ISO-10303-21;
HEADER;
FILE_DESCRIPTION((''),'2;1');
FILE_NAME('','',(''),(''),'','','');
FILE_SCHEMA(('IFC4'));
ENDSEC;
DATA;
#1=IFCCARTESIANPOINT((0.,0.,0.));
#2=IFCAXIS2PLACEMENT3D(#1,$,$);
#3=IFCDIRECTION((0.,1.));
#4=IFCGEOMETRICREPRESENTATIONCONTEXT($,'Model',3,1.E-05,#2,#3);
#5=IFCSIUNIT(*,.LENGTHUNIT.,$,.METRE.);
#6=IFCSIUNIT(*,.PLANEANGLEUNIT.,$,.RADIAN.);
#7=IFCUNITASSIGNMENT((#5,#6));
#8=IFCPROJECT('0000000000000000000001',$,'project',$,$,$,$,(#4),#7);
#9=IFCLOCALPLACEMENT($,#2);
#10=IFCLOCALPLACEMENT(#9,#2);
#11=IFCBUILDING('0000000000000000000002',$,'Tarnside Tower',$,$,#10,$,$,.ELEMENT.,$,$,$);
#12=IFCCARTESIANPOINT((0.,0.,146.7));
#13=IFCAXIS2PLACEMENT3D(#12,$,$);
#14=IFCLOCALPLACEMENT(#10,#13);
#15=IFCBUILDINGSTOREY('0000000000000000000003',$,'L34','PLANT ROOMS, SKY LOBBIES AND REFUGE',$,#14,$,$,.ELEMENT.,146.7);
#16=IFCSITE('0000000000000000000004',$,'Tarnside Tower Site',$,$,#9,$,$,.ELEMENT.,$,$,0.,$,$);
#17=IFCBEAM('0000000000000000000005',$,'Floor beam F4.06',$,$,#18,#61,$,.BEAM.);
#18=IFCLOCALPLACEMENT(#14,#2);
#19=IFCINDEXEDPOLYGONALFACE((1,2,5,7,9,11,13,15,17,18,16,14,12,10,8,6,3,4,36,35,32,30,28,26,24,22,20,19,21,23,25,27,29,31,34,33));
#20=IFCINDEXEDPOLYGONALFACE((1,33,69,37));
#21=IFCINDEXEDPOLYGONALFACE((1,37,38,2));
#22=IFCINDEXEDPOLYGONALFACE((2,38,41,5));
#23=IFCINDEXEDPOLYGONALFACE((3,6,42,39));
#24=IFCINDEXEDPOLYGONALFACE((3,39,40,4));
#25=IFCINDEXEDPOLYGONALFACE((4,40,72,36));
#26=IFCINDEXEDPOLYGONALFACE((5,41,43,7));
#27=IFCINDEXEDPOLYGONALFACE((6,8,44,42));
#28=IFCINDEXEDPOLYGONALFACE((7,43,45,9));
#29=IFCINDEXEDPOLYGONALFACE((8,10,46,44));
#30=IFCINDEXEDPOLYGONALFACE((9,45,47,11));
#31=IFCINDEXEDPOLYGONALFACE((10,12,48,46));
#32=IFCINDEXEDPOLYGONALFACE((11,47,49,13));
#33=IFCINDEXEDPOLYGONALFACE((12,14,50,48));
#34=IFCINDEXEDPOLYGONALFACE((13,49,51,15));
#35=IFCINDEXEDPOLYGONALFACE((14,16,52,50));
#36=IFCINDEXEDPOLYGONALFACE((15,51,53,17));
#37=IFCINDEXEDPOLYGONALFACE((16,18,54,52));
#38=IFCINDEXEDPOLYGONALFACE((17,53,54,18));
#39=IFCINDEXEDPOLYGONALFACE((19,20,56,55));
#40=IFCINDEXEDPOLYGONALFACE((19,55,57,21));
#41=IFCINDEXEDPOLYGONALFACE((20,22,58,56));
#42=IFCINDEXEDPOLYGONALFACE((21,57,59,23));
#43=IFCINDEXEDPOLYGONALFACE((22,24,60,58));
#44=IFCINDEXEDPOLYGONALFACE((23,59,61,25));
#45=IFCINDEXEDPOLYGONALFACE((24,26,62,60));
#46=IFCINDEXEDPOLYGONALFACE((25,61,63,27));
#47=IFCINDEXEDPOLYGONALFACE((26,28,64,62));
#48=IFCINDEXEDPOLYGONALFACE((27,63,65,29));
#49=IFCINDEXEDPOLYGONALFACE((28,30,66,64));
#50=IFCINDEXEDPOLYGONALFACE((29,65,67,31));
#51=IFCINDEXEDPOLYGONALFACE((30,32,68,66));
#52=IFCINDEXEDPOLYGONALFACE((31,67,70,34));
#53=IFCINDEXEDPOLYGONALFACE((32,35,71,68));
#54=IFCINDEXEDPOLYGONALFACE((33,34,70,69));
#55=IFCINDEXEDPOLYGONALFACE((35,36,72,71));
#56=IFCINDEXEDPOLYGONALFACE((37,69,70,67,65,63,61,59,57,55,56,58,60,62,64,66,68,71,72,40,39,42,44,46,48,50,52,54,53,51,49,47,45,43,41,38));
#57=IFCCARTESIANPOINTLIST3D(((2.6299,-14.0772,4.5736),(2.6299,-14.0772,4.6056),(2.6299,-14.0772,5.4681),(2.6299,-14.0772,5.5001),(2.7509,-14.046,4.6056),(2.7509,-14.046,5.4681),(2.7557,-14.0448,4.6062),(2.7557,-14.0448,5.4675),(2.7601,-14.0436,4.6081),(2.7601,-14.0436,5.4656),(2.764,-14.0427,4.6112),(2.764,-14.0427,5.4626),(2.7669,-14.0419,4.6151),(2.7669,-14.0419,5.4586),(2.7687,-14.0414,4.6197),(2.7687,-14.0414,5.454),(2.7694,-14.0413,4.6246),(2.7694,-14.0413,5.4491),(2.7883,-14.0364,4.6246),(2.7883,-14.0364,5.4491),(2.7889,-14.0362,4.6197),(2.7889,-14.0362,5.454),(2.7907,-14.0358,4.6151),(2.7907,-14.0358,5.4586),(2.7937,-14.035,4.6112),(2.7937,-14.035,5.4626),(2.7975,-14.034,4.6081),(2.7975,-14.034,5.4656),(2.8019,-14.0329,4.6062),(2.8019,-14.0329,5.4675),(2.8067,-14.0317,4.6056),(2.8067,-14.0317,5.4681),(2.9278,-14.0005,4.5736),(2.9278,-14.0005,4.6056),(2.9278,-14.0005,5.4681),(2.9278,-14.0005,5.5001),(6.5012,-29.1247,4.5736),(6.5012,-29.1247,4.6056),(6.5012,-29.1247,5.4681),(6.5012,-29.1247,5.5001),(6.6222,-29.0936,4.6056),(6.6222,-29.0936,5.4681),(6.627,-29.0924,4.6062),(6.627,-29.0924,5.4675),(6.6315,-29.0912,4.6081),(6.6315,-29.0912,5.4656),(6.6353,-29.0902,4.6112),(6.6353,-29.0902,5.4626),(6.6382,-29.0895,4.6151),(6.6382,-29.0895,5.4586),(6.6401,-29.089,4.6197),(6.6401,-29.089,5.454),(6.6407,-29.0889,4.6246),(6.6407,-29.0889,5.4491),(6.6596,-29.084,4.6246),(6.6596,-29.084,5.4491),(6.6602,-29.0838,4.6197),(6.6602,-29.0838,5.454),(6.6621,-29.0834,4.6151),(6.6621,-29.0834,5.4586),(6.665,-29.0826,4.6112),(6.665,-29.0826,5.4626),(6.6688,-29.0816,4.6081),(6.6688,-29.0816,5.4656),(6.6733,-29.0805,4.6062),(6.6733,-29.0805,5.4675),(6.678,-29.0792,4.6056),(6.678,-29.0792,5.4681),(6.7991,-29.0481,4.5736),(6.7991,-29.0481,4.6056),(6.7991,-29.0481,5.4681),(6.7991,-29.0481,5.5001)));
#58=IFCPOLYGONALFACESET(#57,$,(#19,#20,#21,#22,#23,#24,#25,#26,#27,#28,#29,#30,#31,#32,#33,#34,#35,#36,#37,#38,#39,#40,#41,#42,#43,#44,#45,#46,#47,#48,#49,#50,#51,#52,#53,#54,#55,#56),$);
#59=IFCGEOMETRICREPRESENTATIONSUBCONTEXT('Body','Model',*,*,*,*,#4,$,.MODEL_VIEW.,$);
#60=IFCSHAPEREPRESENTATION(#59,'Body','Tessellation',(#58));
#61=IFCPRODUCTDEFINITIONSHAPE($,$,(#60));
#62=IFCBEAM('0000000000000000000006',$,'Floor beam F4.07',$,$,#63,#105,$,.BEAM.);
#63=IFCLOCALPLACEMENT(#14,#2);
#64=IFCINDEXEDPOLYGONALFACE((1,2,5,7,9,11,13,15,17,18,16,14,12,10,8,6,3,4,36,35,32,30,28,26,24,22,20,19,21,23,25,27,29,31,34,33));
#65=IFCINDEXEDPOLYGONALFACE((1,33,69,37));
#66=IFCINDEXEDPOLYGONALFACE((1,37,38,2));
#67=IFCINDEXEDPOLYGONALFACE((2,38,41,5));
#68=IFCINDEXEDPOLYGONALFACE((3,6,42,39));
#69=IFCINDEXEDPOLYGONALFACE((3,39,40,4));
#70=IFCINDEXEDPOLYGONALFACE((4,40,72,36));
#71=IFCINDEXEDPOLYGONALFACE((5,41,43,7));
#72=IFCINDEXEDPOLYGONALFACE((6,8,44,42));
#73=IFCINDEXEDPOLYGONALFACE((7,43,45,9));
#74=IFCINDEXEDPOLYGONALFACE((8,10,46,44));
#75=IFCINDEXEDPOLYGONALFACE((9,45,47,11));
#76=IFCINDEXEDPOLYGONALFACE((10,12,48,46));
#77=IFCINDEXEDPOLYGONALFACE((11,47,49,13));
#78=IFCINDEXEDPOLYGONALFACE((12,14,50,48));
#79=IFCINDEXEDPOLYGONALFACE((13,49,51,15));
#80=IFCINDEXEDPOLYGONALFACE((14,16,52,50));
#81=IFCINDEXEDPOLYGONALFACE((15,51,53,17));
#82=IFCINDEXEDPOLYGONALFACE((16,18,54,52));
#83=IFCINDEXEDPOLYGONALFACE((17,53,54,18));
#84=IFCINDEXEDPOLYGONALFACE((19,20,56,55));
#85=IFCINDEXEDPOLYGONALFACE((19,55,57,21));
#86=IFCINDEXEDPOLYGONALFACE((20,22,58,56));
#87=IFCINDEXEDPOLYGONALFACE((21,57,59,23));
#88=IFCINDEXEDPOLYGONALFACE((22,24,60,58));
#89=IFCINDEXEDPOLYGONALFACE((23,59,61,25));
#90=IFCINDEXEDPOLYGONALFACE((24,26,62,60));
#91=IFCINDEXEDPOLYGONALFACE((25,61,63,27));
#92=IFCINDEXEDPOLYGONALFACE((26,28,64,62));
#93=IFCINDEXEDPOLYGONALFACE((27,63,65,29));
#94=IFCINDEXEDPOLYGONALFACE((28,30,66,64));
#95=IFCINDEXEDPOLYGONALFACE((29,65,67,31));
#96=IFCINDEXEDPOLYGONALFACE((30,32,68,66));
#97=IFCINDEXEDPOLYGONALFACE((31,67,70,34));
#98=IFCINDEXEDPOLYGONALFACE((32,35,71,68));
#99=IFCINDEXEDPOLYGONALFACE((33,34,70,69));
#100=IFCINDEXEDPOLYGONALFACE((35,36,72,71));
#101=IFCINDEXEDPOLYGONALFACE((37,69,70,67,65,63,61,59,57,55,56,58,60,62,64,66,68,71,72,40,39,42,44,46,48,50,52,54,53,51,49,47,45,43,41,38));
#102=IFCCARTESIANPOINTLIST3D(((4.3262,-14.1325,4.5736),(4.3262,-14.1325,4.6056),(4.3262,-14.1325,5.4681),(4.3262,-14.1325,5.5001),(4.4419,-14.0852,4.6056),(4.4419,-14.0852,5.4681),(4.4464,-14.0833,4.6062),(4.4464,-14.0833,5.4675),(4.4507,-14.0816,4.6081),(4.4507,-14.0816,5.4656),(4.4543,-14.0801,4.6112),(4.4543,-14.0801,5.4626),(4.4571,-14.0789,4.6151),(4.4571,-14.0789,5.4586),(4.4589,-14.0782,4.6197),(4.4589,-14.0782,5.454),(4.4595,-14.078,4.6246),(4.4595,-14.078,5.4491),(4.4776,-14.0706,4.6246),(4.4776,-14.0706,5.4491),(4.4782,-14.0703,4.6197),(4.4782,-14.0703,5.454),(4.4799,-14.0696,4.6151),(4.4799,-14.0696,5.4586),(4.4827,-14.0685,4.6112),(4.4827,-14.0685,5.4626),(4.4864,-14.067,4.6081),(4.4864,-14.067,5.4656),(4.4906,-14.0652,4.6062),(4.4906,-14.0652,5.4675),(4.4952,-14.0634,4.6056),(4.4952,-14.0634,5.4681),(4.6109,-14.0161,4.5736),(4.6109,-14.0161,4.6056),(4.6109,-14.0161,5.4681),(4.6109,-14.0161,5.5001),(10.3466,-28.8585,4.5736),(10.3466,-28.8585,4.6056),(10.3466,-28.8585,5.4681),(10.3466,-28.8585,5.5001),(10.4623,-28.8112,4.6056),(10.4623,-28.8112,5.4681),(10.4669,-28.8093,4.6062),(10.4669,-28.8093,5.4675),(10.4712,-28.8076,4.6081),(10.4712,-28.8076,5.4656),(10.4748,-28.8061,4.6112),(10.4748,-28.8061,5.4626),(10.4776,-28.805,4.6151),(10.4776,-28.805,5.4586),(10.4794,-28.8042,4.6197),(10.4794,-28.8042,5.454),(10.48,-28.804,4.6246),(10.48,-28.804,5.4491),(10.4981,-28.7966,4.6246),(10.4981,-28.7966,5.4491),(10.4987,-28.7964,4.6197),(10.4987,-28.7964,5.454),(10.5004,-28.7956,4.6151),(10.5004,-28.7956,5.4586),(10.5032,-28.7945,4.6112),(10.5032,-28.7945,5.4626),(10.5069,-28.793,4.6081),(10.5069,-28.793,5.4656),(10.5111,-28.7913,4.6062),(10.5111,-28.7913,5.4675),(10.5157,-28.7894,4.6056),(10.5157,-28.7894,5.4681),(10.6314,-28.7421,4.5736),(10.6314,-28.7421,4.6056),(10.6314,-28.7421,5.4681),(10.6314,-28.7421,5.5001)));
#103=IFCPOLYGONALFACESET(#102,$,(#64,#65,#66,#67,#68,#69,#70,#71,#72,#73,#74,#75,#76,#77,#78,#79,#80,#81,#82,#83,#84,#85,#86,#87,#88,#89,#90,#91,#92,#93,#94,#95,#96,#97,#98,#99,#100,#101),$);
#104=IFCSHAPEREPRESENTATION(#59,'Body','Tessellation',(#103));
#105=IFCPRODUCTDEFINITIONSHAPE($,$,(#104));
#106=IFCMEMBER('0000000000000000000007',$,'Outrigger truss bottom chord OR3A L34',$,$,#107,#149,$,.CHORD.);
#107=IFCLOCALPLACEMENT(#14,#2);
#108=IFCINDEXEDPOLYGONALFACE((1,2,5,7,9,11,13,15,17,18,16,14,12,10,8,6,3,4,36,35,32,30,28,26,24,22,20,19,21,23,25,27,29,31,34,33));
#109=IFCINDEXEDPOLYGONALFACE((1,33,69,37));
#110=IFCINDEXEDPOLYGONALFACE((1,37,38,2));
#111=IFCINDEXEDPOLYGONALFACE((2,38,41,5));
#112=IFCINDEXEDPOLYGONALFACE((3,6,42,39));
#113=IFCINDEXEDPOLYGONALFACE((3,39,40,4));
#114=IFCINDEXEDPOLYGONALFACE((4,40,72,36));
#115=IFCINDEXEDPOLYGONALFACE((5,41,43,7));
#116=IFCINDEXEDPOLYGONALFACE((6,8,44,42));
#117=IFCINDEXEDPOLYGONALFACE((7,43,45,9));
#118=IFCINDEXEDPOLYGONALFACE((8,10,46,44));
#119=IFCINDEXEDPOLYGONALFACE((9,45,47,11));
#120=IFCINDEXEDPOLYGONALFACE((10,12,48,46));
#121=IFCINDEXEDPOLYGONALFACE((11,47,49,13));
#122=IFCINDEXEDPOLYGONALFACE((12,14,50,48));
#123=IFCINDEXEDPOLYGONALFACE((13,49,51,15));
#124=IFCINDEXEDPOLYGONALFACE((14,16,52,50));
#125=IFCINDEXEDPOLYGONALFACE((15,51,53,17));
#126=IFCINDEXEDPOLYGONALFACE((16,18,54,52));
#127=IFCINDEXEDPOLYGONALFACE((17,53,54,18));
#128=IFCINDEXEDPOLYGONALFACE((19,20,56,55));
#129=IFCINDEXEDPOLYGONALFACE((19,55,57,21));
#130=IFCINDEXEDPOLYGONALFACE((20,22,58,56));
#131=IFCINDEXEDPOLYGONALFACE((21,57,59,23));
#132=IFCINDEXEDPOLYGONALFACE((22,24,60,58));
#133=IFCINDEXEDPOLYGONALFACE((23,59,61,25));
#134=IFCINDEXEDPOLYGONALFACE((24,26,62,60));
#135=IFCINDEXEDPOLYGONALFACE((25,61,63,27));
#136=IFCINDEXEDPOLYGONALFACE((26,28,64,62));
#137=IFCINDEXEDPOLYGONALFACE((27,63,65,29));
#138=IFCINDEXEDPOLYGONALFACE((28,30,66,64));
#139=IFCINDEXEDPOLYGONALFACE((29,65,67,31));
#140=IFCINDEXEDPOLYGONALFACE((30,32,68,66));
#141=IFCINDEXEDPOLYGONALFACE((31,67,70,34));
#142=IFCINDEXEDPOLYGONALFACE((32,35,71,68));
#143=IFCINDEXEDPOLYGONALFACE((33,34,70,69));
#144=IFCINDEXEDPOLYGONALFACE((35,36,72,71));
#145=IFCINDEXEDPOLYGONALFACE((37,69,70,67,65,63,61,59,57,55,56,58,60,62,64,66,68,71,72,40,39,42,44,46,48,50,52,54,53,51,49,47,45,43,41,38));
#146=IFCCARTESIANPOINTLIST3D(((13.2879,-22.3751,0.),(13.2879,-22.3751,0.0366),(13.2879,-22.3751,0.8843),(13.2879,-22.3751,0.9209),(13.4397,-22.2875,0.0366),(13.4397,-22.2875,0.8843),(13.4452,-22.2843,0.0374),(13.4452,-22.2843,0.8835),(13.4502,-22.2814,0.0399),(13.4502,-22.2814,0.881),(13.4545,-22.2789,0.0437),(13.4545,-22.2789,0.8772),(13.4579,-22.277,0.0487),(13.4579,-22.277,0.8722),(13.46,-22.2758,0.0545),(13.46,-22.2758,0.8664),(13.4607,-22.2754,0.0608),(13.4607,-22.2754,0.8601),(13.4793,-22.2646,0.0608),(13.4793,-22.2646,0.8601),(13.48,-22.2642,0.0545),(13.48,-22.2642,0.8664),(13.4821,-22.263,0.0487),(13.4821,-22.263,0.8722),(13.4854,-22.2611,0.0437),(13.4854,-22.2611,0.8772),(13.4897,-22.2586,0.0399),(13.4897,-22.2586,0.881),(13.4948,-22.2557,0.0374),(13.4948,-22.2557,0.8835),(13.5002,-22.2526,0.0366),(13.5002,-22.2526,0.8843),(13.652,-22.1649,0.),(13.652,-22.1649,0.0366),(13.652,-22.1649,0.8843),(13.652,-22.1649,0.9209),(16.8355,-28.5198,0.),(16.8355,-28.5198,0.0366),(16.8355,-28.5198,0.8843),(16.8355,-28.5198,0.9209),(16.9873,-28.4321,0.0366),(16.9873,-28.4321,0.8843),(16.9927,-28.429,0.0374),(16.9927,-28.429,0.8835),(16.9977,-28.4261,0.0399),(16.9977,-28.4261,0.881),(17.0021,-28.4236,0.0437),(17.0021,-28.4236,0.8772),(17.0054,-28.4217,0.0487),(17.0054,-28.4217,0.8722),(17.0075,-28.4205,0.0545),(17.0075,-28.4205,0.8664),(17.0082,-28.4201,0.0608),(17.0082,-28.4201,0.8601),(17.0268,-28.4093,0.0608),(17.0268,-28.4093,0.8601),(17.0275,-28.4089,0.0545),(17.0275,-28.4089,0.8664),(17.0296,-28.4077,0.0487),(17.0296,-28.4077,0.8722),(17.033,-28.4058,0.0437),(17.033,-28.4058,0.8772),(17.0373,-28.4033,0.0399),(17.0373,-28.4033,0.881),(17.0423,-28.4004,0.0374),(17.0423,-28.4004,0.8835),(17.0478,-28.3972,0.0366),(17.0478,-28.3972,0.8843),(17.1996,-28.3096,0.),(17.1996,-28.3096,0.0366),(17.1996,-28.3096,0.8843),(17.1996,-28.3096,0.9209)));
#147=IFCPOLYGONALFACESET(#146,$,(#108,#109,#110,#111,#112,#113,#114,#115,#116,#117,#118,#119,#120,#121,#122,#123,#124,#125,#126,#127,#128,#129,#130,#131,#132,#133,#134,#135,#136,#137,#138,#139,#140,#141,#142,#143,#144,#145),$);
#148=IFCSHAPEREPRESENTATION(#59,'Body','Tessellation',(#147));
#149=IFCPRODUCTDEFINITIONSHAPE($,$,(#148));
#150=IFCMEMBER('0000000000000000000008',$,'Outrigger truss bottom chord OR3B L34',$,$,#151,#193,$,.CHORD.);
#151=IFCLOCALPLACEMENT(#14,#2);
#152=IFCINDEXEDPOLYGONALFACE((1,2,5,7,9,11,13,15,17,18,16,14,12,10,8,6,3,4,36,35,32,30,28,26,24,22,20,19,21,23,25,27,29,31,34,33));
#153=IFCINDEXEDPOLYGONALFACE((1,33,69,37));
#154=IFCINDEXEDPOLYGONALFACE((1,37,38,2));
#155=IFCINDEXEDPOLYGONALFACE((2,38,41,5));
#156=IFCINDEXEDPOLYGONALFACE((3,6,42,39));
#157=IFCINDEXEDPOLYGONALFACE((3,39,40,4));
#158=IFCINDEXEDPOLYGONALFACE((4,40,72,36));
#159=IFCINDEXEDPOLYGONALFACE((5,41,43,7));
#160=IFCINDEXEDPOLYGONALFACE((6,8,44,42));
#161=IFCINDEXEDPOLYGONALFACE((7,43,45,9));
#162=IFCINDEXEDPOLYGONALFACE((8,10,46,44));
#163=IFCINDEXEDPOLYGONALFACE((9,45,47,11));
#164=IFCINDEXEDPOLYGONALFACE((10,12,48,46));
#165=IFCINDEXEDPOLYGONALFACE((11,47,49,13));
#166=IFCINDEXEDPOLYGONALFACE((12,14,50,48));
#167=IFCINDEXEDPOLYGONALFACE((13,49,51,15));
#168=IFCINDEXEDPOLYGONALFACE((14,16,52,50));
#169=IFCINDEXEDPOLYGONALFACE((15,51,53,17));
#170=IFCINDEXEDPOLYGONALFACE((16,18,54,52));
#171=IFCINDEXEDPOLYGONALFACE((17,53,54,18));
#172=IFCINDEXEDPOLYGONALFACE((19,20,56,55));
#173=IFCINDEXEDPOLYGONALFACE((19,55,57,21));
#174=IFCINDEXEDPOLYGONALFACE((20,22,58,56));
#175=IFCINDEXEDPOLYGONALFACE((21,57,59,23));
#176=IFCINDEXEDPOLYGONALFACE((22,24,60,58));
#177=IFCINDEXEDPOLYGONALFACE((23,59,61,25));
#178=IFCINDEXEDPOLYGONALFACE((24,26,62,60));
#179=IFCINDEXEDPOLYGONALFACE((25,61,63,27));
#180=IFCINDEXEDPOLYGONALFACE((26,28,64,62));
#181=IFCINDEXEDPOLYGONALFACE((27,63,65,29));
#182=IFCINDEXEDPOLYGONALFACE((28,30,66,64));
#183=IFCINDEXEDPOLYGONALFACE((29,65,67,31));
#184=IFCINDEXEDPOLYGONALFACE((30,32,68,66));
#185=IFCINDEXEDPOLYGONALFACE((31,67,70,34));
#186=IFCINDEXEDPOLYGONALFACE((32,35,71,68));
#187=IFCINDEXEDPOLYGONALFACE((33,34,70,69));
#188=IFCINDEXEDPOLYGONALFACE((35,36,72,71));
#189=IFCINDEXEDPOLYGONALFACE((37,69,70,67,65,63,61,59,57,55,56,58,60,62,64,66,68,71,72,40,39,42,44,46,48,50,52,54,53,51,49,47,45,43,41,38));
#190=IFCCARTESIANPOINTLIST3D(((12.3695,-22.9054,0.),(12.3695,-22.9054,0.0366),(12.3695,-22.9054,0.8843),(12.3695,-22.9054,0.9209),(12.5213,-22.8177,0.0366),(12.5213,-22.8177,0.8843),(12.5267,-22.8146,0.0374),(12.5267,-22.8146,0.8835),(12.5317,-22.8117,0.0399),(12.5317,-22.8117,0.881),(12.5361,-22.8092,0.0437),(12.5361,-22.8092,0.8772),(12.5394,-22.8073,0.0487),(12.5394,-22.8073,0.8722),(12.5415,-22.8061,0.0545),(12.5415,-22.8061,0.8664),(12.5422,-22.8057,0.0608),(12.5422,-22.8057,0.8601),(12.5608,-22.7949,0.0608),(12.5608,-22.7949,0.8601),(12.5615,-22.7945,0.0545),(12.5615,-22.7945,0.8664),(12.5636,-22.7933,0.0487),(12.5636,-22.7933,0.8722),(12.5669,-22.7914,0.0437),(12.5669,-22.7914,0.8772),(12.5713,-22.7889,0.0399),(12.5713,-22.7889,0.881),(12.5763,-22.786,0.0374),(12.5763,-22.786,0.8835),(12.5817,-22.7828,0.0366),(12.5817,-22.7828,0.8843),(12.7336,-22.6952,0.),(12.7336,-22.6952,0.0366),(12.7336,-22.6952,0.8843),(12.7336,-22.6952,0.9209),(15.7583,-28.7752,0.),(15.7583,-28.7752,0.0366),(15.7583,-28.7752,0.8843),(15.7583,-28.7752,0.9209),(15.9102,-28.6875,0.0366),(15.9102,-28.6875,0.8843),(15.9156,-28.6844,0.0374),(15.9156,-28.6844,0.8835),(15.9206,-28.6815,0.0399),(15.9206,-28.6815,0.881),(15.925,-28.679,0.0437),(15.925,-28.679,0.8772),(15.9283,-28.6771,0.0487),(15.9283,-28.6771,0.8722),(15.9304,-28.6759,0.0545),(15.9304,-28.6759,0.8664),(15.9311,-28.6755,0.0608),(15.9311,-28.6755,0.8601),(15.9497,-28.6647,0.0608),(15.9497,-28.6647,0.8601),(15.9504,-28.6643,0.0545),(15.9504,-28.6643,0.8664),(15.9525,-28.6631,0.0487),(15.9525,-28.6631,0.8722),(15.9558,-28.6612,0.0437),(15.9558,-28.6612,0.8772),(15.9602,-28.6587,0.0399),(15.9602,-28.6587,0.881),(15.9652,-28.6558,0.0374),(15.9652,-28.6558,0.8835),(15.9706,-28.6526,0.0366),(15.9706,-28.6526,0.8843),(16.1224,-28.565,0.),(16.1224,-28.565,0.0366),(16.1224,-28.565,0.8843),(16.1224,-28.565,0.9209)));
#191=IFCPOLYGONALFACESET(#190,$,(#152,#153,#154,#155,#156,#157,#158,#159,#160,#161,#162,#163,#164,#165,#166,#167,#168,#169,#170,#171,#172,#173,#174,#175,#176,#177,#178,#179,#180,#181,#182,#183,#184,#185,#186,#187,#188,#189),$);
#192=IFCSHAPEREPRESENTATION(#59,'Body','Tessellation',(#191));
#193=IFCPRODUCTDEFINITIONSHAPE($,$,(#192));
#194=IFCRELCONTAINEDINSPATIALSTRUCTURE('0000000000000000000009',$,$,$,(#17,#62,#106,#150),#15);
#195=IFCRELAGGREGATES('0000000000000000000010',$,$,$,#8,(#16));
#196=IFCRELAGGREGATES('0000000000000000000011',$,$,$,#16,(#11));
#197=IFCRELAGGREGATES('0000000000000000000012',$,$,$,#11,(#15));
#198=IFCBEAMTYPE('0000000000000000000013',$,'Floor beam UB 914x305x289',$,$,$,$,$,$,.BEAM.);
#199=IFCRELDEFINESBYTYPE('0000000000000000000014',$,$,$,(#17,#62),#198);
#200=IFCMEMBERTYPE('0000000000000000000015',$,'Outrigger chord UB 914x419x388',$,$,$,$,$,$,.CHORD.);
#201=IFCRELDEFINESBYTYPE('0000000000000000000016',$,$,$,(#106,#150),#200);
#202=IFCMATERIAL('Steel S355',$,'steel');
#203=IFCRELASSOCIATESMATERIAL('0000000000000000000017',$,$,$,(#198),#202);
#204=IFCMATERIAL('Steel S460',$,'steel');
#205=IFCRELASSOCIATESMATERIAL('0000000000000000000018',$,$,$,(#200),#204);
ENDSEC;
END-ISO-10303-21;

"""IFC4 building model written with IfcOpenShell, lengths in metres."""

from ifc_helpers import new_model, si_unit, direction, frame, origin, origin_2d, place, context, subcontext, project, spatial, i_section, extrude, material, material_profile, profile_set, type_object, element, save


model = new_model("IFC4")

# Units and contexts
model_context = context("Model", 3, precision=1e-05, world=origin(), true_north=direction((0.0, 1.0)))
body_context = subcontext(model_context, "Body", "Model", "MODEL_VIEW")
ifc_project = project(units=[si_unit("LENGTHUNIT", "METRE"), si_unit("PLANEANGLEUNIT", "RADIAN")], contexts=[model_context])

# Site, building, storey
site_placement = place(None, origin())
site = spatial("IfcSite", under=ifc_project, at=site_placement, Name="Tarnside Tower Site", CompositionType="ELEMENT", RefElevation=0.0)
building_placement = place(site_placement, origin())
building = spatial("IfcBuilding", under=site, at=building_placement, Name="Tarnside Tower", CompositionType="ELEMENT")
storey_placement = place(building_placement, frame((0.0, 0.0, 146.7)))
storey = spatial("IfcBuildingStorey", under=building, at=storey_placement, Name="L34", Description="PLANT ROOMS, SKY LOBBIES AND REFUGE", CompositionType="ELEMENT", Elevation=146.7)

# Beams
ifc_material_1 = material(Name="Steel S355", Category="steel")
ifc_material_profile_1 = material_profile(ifc_material_1, i_section(OverallWidth=0.3076, OverallDepth=0.9265, WebThickness=0.0195, FlangeThickness=0.032, FilletRadius=0.019, at=origin_2d()), Name="UB 914x305x289")
ifc_profile_set_1 = profile_set([ifc_material_profile_1], Name="Steel S355")
beam_type = type_object("IfcBeamType", Name="Floor beam UB 914x305x289", PredefinedType="BEAM", material=ifc_profile_set_1)
beam_1_placement = place(storey_placement, frame((6.6501, -29.0864, 5.0369), z_axis=(-0.249159, 0.968463, 0.0), x_axis=(-0.968463, -0.249159, 0.0)))
element("IfcBeam", 1, at=beam_1_placement, inside=storey, type_object=beam_type, Name="Floor beam F4.06", PredefinedType="BEAM", context=body_context, shape_type="SweptSolid", body=[
    extrude(i_section(OverallWidth=0.3076, OverallDepth=0.9265, WebThickness=0.0195, FlangeThickness=0.032, FilletRadius=0.019, at=origin_2d()), origin(), (0.0, 0.0, 1.0), 15.5376),
])
beam_2_placement = place(storey_placement, frame((10.489, -28.8003, 5.0369), z_axis=(-0.378428, 0.925631, 0.0), x_axis=(-0.925631, -0.378428, 0.0)))
element("IfcBeam", 2, at=beam_2_placement, inside=storey, type_object=beam_type, Name="Floor beam F4.07", PredefinedType="BEAM", context=body_context, shape_type="SweptSolid", body=[
    extrude(i_section(OverallWidth=0.3076, OverallDepth=0.9265, WebThickness=0.0195, FlangeThickness=0.032, FilletRadius=0.019, at=origin_2d()), origin(), (0.0, 0.0, 1.0), 15.9092),
])

# Members
ifc_material_2 = material(Name="Steel S460", Category="steel")
ifc_material_profile_2 = material_profile(ifc_material_2, i_section(OverallWidth=0.4204, OverallDepth=0.9209, WebThickness=0.0215, FlangeThickness=0.0366, FilletRadius=0.0242, at=origin_2d()), Name="UB 914x419x388")
ifc_profile_set_2 = profile_set([ifc_material_profile_2], Name="Steel S460")
member_type_1 = type_object("IfcMemberType", Name="Outrigger chord UB 914x419x388", PredefinedType="CHORD", material=ifc_profile_set_2)
member_1_placement = place(storey_placement, frame((13.47, -22.27, 0.4604), z_axis=(0.499992, -0.86603, 0.0), x_axis=(0.86603, 0.499992, 0.0)))
element("IfcMember", 3, at=member_1_placement, inside=storey, type_object=member_type_1, Name="Outrigger truss bottom chord OR3A L34", PredefinedType="CHORD", context=body_context, shape_type="SweptSolid", body=[
    extrude(i_section(OverallWidth=0.4204, OverallDepth=0.9209, WebThickness=0.0215, FlangeThickness=0.0366, FilletRadius=0.0242, at=origin_2d()), origin(), (0.0, 0.0, 1.0), 7.0952),
])
member_2_placement = place(storey_placement, frame((12.5515, -22.8003, 0.4604), z_axis=(0.499994, -0.866029, 0.0), x_axis=(0.866029, 0.499994, 0.0)))
element("IfcMember", 4, at=member_2_placement, inside=storey, type_object=member_type_1, Name="Outrigger truss bottom chord OR3B L34", PredefinedType="CHORD", context=body_context, shape_type="SweptSolid", body=[
    extrude(i_section(OverallWidth=0.4204, OverallDepth=0.9209, WebThickness=0.0215, FlangeThickness=0.0366, FilletRadius=0.0242, at=origin_2d()), origin(), (0.0, 0.0, 1.0), 6.7778),
])

save(model, "model.ifc")
